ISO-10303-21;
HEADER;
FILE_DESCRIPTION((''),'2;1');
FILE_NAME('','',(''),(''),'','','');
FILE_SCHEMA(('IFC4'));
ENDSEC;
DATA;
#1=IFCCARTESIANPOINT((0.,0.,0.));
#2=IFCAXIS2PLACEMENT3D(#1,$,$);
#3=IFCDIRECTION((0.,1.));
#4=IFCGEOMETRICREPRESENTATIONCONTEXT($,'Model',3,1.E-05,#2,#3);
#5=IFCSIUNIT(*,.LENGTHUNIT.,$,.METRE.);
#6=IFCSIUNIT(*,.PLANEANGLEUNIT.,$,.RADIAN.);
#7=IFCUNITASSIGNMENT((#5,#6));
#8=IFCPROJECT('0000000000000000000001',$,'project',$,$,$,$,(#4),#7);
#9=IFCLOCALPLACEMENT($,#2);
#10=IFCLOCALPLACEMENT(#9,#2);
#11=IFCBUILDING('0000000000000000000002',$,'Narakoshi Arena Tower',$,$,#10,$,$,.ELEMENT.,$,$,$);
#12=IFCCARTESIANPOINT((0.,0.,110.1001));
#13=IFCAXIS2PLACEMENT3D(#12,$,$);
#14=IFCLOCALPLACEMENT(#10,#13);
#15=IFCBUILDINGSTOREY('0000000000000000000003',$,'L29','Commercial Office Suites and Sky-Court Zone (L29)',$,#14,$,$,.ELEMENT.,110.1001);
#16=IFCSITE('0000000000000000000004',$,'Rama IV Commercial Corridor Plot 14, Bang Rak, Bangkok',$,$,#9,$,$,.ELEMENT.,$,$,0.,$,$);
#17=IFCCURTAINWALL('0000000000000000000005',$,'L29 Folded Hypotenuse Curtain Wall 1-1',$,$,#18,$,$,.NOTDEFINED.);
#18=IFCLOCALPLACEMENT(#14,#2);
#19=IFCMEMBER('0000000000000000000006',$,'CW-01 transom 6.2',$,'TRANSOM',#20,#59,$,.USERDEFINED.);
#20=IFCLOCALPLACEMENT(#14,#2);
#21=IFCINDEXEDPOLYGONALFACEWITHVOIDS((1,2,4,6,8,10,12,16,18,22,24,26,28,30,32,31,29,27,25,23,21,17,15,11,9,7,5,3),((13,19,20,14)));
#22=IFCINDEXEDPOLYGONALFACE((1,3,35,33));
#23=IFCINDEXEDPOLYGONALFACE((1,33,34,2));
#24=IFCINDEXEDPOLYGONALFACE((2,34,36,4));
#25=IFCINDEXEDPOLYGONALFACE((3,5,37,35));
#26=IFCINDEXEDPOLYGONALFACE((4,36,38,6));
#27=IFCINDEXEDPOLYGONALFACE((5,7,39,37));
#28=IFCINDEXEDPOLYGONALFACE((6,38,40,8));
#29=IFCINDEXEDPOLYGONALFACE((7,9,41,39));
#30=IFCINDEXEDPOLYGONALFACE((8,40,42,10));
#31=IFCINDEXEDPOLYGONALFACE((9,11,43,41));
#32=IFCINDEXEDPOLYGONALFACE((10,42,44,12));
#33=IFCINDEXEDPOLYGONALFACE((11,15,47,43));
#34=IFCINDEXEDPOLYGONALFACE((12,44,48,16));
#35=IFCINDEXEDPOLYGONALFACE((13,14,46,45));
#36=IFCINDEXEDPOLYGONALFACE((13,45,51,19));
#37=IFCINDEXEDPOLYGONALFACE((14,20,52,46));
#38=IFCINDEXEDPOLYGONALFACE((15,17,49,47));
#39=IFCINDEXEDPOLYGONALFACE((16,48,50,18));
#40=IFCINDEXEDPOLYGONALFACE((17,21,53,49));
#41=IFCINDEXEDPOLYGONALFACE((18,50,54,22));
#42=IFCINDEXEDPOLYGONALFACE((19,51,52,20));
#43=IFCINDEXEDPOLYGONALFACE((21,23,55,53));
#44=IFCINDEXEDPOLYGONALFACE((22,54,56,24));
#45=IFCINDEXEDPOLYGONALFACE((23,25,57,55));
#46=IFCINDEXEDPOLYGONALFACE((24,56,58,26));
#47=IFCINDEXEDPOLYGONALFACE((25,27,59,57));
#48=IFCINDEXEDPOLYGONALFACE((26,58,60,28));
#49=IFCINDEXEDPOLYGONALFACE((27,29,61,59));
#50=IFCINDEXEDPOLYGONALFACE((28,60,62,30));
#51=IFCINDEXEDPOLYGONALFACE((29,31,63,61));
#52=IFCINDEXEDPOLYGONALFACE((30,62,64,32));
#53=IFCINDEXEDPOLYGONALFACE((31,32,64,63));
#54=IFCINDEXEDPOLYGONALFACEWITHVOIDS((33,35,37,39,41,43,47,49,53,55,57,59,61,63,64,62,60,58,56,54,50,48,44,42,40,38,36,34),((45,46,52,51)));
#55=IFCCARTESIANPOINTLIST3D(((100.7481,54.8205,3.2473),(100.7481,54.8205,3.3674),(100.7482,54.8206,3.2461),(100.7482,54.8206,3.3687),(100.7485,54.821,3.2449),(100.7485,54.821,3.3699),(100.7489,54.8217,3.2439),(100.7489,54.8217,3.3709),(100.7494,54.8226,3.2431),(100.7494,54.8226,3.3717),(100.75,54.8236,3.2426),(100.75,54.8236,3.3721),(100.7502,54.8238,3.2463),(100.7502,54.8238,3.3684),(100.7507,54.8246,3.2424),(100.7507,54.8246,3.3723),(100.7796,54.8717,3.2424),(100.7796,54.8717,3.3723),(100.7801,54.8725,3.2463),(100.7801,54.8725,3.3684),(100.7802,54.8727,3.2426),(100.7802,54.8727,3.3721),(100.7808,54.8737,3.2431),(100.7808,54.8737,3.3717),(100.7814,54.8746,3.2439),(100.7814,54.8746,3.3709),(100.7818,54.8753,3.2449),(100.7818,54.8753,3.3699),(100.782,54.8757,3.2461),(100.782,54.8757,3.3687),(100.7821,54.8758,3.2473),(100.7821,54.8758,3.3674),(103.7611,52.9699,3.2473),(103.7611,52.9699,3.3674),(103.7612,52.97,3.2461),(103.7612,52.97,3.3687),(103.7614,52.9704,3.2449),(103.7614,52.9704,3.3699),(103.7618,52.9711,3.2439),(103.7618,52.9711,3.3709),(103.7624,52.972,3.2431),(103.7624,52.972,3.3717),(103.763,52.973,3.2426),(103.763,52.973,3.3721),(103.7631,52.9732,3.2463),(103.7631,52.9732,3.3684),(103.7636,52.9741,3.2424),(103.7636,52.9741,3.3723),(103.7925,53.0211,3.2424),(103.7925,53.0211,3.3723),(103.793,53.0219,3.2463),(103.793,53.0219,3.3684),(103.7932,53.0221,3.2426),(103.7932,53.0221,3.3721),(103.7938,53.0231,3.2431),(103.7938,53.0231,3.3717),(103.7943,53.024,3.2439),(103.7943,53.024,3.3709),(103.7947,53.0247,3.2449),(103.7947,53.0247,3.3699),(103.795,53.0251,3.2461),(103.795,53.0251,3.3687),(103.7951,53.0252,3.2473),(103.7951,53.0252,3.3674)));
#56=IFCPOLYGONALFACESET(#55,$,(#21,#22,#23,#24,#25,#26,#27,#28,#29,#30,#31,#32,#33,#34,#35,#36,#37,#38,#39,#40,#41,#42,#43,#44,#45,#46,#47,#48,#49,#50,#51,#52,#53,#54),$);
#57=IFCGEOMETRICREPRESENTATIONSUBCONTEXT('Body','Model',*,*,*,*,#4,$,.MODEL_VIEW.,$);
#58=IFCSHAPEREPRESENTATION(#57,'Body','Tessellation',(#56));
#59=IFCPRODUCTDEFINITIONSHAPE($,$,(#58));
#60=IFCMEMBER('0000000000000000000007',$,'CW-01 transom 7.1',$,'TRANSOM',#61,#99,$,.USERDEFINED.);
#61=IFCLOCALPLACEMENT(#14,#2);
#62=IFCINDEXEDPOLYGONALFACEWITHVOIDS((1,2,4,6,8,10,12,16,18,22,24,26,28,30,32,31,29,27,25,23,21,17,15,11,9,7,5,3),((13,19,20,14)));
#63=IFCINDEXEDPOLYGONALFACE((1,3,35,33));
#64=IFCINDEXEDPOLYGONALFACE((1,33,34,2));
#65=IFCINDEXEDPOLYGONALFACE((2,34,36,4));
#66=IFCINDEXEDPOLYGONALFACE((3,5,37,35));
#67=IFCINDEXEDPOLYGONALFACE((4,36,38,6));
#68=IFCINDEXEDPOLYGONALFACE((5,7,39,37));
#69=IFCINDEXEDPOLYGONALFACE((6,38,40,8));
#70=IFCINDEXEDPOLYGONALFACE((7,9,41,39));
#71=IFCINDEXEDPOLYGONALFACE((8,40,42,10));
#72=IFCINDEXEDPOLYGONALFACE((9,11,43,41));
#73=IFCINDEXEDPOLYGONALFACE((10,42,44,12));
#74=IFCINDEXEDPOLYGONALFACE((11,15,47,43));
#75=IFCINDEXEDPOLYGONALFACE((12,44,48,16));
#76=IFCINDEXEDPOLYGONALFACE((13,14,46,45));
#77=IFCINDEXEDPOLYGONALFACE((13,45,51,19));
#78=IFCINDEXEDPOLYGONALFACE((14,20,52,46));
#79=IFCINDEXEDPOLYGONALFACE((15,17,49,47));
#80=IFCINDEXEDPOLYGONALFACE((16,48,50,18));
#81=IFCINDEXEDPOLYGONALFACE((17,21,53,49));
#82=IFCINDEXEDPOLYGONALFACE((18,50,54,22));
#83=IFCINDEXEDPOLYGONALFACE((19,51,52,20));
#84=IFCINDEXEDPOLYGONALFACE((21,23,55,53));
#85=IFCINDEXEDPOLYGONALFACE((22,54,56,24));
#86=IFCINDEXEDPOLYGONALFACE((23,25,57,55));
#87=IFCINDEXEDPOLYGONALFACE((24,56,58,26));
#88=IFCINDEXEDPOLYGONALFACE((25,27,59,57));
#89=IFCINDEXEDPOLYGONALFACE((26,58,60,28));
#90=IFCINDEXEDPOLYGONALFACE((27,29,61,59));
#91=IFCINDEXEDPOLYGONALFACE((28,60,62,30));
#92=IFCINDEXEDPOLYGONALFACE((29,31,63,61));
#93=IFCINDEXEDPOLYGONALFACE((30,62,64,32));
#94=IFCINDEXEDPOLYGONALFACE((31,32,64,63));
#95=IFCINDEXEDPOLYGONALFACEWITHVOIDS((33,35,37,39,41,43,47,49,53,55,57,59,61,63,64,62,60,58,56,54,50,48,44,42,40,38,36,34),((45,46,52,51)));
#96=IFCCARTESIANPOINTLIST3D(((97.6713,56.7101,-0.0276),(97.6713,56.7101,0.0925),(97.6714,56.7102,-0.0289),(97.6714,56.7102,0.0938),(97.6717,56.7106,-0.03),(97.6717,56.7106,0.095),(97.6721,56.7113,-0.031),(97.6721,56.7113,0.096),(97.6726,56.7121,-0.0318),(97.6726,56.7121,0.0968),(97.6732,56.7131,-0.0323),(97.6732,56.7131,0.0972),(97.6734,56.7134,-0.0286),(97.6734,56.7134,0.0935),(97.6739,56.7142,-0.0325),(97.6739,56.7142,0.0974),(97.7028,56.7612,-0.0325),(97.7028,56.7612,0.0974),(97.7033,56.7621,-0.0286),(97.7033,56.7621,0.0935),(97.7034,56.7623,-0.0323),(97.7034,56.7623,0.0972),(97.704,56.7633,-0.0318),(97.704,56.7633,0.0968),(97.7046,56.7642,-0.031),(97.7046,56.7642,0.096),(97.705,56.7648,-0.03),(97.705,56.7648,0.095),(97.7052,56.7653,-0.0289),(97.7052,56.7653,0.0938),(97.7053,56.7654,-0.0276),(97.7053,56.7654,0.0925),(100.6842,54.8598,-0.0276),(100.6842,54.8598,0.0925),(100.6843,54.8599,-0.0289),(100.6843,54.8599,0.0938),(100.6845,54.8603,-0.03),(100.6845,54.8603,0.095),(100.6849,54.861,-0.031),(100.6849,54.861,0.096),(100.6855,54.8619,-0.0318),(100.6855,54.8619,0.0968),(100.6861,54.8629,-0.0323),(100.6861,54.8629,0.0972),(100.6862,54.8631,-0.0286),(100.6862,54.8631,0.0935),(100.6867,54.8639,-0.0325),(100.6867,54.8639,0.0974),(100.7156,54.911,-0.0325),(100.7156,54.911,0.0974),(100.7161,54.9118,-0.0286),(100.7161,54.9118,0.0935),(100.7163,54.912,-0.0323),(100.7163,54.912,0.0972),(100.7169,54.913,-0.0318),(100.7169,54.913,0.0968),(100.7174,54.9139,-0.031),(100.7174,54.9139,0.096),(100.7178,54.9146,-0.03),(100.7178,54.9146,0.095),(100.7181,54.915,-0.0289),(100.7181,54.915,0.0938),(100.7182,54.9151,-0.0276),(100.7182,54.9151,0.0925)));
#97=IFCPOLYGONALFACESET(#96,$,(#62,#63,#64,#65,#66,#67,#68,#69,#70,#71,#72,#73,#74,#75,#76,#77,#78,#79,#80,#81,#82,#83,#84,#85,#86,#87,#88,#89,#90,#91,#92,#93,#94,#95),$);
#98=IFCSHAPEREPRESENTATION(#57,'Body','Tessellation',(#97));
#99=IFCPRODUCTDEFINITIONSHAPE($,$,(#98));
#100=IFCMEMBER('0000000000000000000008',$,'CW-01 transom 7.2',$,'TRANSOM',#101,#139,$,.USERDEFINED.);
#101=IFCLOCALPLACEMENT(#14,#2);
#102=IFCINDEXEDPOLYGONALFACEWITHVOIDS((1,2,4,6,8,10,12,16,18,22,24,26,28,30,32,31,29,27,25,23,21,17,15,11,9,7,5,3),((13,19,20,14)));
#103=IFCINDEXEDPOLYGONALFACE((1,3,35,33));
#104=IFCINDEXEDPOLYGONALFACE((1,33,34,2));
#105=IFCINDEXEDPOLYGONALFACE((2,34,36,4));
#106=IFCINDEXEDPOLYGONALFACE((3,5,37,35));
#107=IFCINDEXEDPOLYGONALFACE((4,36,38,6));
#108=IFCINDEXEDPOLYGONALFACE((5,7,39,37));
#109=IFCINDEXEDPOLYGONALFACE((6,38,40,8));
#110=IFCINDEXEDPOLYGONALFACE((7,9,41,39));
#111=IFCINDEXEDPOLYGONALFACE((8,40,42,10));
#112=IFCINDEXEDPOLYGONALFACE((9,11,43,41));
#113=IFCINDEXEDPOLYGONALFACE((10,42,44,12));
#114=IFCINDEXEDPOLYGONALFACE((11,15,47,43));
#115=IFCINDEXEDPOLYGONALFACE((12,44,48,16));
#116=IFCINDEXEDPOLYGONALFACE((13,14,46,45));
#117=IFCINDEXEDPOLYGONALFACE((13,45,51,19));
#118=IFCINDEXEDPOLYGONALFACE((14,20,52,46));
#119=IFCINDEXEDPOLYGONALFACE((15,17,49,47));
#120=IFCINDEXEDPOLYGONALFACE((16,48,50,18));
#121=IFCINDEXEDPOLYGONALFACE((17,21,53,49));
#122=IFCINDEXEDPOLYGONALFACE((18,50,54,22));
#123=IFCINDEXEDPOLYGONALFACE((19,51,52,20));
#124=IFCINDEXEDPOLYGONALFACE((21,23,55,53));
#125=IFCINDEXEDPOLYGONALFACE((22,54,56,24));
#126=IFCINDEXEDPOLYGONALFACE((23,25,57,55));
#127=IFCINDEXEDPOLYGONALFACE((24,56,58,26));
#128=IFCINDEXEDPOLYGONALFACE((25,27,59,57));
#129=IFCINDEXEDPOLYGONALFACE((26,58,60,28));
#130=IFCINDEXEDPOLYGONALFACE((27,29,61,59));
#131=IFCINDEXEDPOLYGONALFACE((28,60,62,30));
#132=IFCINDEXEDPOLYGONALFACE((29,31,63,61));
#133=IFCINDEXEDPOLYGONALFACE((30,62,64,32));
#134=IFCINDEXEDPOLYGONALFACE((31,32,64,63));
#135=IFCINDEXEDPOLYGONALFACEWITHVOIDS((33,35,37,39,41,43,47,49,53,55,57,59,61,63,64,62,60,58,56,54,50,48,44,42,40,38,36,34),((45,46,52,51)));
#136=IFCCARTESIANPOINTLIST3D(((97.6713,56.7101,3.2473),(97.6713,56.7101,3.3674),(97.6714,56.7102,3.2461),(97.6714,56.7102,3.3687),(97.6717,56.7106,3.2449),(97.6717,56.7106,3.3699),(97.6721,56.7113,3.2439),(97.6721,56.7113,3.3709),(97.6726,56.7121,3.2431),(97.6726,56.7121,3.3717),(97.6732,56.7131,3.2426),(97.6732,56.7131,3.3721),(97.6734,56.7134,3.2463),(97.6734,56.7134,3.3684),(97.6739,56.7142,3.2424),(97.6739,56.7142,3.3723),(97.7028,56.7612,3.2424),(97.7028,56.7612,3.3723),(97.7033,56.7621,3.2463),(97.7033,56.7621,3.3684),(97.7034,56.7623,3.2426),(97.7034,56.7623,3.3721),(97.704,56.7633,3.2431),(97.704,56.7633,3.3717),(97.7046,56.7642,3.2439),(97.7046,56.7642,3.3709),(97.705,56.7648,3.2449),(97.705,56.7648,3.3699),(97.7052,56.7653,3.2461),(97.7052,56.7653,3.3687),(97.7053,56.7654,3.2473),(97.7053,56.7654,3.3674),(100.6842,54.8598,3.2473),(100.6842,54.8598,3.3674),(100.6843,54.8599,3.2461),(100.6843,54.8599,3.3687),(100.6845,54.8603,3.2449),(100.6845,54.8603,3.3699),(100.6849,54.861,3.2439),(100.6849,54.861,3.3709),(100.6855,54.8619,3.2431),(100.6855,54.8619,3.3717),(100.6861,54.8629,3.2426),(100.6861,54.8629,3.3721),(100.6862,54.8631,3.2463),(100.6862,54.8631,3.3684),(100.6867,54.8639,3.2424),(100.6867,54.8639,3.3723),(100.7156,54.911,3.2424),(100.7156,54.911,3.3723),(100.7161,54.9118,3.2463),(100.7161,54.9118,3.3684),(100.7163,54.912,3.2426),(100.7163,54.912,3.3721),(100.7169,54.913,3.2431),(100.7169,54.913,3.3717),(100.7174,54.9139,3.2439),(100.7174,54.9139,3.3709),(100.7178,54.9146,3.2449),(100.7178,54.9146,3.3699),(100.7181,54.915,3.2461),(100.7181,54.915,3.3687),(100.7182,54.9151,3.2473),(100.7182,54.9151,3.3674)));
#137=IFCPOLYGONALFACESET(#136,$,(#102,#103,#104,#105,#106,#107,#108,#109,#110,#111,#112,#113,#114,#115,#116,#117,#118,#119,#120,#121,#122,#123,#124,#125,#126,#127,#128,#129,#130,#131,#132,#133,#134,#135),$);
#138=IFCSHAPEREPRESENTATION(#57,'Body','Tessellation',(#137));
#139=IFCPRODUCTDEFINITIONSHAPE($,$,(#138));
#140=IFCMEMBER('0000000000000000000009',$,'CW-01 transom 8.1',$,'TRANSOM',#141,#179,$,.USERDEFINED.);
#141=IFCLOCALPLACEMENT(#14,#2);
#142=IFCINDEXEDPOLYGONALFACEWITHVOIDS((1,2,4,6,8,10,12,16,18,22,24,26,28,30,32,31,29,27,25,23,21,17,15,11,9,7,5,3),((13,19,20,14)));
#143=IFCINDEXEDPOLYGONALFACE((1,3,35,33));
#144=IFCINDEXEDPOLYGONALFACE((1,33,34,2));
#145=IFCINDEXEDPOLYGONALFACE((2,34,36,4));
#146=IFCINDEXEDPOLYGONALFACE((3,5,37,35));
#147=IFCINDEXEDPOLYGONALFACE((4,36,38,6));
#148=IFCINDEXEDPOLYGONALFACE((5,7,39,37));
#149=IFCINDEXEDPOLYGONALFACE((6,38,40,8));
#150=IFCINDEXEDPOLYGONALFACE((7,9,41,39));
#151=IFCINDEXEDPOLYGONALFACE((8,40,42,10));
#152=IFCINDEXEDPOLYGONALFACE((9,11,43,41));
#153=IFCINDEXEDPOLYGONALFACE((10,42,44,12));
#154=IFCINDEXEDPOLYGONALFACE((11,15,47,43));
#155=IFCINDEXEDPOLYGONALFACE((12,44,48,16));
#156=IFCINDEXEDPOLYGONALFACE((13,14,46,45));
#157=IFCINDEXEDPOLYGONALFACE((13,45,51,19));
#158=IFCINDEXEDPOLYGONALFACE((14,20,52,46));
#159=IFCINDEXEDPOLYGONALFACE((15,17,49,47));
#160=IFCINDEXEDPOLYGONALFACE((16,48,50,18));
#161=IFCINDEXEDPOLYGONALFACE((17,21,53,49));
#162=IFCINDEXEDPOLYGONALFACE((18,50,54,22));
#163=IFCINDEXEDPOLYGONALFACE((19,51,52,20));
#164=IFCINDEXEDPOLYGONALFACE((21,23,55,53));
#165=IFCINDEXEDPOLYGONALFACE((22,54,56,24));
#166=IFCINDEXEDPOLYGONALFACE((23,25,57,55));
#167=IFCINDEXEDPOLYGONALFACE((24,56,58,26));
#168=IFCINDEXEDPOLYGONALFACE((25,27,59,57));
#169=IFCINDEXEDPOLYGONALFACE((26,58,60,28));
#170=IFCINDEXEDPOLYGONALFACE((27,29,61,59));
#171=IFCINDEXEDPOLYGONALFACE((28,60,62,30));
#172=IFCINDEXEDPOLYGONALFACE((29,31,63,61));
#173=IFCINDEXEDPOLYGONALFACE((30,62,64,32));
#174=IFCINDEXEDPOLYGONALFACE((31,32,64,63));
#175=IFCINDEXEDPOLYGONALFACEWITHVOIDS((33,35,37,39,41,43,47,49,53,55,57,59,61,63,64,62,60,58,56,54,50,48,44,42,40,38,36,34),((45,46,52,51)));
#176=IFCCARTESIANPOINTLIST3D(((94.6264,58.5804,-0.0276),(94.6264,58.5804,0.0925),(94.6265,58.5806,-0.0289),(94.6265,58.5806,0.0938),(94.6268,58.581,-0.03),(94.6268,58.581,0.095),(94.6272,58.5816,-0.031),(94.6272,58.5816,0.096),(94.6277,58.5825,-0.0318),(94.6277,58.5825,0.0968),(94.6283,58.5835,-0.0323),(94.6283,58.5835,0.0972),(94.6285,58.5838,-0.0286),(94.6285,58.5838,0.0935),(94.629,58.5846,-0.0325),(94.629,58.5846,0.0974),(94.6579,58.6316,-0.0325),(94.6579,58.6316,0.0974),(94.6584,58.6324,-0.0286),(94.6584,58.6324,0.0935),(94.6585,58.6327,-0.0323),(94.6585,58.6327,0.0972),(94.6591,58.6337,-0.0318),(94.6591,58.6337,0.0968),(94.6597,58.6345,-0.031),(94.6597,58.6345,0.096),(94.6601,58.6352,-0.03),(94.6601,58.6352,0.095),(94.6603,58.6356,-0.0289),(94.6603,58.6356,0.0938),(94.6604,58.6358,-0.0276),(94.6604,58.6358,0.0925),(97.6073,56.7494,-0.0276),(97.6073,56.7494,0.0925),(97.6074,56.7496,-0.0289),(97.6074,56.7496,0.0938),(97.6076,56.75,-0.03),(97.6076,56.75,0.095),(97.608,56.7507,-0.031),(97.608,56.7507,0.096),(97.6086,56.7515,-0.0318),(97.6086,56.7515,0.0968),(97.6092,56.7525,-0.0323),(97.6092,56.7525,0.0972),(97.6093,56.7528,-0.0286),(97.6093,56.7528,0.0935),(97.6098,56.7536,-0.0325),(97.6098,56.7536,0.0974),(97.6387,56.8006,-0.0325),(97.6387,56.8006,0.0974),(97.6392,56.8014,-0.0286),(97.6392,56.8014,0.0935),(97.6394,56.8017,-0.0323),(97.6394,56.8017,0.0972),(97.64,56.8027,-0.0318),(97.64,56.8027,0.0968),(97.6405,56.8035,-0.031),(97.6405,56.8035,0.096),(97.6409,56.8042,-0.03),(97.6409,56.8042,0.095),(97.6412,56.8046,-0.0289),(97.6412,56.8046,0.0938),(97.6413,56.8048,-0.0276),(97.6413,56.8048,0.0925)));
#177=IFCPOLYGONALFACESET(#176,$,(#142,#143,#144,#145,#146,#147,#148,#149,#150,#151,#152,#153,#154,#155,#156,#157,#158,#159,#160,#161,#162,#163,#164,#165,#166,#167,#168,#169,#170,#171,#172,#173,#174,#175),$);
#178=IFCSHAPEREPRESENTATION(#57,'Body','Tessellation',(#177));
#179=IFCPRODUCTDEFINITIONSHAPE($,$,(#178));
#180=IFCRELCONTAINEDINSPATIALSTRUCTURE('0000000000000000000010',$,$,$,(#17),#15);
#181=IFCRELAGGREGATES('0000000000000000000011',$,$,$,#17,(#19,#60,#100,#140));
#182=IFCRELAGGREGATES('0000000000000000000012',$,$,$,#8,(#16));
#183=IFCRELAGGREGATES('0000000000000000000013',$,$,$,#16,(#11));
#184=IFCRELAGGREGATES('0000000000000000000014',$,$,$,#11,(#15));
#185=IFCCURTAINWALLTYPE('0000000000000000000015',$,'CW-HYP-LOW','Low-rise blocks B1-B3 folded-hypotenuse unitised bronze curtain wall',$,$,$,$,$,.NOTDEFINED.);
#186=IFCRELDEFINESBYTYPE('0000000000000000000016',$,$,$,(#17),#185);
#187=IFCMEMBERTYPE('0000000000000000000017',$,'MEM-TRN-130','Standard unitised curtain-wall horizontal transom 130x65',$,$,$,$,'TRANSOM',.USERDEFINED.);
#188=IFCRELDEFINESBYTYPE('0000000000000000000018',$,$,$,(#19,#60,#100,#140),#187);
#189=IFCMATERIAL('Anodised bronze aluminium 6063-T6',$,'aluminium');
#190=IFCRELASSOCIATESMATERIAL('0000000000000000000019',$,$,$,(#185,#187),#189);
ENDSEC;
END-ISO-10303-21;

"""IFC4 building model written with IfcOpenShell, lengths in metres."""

from ifc_helpers import new_model, si_unit, direction, frame, origin, origin_2d, place, context, subcontext, project, spatial, hollow_rectangle, extrude, material, material_profile, profile_set, type_object, element, aggregate, save


model = new_model("IFC4")

# Units and contexts
model_context = context("Model", 3, precision=1e-05, world=origin(), true_north=direction((0.0, 1.0)))
body_context = subcontext(model_context, "Body", "Model", "MODEL_VIEW")
ifc_project = project(units=[si_unit("LENGTHUNIT", "METRE"), si_unit("PLANEANGLEUNIT", "RADIAN")], contexts=[model_context])

# Site, building, storey
site_placement = place(None, origin())
site = spatial("IfcSite", under=ifc_project, at=site_placement, Name="Rama IV Commercial Corridor Plot 14, Bang Rak, Bangkok", CompositionType="ELEMENT", RefElevation=0.0)
building_placement = place(site_placement, origin())
building = spatial("IfcBuilding", under=site, at=building_placement, Name="Narakoshi Arena Tower", CompositionType="ELEMENT")
storey_placement = place(building_placement, frame((0.0, 0.0, 110.1001)))
storey = spatial("IfcBuildingStorey", under=building, at=storey_placement, Name="L29", Description="Commercial Office Suites and Sky-Court Zone (L29)", CompositionType="ELEMENT", Elevation=110.1001)

# Curtain wall, members
ifc_material_1 = material(Name="Anodised bronze aluminium 6063-T6", Category="aluminium")
curtain_wall_type = type_object("IfcCurtainWallType", Name="CW-HYP-LOW", Description="Low-rise blocks B1-B3 folded-hypotenuse unitised bronze curtain wall", PredefinedType="NOTDEFINED", material=ifc_material_1)
curtain_wall_placement = place(storey_placement, origin())
curtain_wall = element("IfcCurtainWall", 1, at=curtain_wall_placement, inside=storey, type_object=curtain_wall_type, Name="L29 Folded Hypotenuse Curtain Wall 1-1", PredefinedType="NOTDEFINED")
ifc_material_profile_1 = material_profile(ifc_material_1, hollow_rectangle(XDim=0.0649, YDim=0.1299, WallThickness=0.0039, OuterFilletRadius=0.0049, at=origin_2d()), Name="TRN130x65x4")
ifc_profile_set_1 = profile_set([ifc_material_profile_1], Name="Anodised bronze aluminium 6063-T6")
member_type_1 = type_object("IfcMemberType", Name="MEM-TRN-130", Description="Standard unitised curtain-wall horizontal transom 130x65", ElementType="TRANSOM", PredefinedType="USERDEFINED", material=ifc_profile_set_1)
member_1_placement = place(storey_placement, frame((103.7781, 52.9976, 3.3074), z_axis=(-0.852104, 0.523373, 0.0), x_axis=(-0.523373, -0.852104, 0.0)))
member_1 = element("IfcMember", 2, at=member_1_placement, type_object=member_type_1, Name="CW-01 transom 6.2", ObjectType="TRANSOM", PredefinedType="USERDEFINED", context=body_context, shape_type="SweptSolid", body=[
    extrude(hollow_rectangle(XDim=0.0649, YDim=0.1299, WallThickness=0.0039, OuterFilletRadius=0.0049, at=origin_2d()), origin(), (0.0, 0.0, 1.0), 3.5359),
])
member_2_placement = place(storey_placement, frame((100.7012, 54.8875, 0.0325), z_axis=(-0.852134, 0.523323, 0.0), x_axis=(-0.523323, -0.852134, 0.0)))
member_2 = element("IfcMember", 3, at=member_2_placement, type_object=member_type_1, Name="CW-01 transom 7.1", ObjectType="TRANSOM", PredefinedType="USERDEFINED", context=body_context, shape_type="SweptSolid", body=[
    extrude(hollow_rectangle(XDim=0.0649, YDim=0.1299, WallThickness=0.0039, OuterFilletRadius=0.0049, at=origin_2d()), origin(), (0.0, 0.0, 1.0), 3.5356),
])
member_3_placement = place(storey_placement, frame((100.7012, 54.8875, 3.3074), z_axis=(-0.852134, 0.523323, 0.0), x_axis=(-0.523323, -0.852134, 0.0)))
member_3 = element("IfcMember", 4, at=member_3_placement, type_object=member_type_1, Name="CW-01 transom 7.2", ObjectType="TRANSOM", PredefinedType="USERDEFINED", context=body_context, shape_type="SweptSolid", body=[
    extrude(hollow_rectangle(XDim=0.0649, YDim=0.1299, WallThickness=0.0039, OuterFilletRadius=0.0049, at=origin_2d()), origin(), (0.0, 0.0, 1.0), 3.5356),
])
member_4_placement = place(storey_placement, frame((97.6243, 56.7771, 0.0325), z_axis=(-0.852089, 0.523396, 0.0), x_axis=(-0.523396, -0.852089, 0.0)))
member_4 = element("IfcMember", 5, at=member_4_placement, type_object=member_type_1, Name="CW-01 transom 8.1", ObjectType="TRANSOM", PredefinedType="USERDEFINED", context=body_context, shape_type="SweptSolid", body=[
    extrude(hollow_rectangle(XDim=0.0649, YDim=0.1299, WallThickness=0.0039, OuterFilletRadius=0.0049, at=origin_2d()), origin(), (0.0, 0.0, 1.0), 3.4983),
])
aggregate(curtain_wall, [member_1, member_2, member_3, member_4])

save(model, "model.ifc")
